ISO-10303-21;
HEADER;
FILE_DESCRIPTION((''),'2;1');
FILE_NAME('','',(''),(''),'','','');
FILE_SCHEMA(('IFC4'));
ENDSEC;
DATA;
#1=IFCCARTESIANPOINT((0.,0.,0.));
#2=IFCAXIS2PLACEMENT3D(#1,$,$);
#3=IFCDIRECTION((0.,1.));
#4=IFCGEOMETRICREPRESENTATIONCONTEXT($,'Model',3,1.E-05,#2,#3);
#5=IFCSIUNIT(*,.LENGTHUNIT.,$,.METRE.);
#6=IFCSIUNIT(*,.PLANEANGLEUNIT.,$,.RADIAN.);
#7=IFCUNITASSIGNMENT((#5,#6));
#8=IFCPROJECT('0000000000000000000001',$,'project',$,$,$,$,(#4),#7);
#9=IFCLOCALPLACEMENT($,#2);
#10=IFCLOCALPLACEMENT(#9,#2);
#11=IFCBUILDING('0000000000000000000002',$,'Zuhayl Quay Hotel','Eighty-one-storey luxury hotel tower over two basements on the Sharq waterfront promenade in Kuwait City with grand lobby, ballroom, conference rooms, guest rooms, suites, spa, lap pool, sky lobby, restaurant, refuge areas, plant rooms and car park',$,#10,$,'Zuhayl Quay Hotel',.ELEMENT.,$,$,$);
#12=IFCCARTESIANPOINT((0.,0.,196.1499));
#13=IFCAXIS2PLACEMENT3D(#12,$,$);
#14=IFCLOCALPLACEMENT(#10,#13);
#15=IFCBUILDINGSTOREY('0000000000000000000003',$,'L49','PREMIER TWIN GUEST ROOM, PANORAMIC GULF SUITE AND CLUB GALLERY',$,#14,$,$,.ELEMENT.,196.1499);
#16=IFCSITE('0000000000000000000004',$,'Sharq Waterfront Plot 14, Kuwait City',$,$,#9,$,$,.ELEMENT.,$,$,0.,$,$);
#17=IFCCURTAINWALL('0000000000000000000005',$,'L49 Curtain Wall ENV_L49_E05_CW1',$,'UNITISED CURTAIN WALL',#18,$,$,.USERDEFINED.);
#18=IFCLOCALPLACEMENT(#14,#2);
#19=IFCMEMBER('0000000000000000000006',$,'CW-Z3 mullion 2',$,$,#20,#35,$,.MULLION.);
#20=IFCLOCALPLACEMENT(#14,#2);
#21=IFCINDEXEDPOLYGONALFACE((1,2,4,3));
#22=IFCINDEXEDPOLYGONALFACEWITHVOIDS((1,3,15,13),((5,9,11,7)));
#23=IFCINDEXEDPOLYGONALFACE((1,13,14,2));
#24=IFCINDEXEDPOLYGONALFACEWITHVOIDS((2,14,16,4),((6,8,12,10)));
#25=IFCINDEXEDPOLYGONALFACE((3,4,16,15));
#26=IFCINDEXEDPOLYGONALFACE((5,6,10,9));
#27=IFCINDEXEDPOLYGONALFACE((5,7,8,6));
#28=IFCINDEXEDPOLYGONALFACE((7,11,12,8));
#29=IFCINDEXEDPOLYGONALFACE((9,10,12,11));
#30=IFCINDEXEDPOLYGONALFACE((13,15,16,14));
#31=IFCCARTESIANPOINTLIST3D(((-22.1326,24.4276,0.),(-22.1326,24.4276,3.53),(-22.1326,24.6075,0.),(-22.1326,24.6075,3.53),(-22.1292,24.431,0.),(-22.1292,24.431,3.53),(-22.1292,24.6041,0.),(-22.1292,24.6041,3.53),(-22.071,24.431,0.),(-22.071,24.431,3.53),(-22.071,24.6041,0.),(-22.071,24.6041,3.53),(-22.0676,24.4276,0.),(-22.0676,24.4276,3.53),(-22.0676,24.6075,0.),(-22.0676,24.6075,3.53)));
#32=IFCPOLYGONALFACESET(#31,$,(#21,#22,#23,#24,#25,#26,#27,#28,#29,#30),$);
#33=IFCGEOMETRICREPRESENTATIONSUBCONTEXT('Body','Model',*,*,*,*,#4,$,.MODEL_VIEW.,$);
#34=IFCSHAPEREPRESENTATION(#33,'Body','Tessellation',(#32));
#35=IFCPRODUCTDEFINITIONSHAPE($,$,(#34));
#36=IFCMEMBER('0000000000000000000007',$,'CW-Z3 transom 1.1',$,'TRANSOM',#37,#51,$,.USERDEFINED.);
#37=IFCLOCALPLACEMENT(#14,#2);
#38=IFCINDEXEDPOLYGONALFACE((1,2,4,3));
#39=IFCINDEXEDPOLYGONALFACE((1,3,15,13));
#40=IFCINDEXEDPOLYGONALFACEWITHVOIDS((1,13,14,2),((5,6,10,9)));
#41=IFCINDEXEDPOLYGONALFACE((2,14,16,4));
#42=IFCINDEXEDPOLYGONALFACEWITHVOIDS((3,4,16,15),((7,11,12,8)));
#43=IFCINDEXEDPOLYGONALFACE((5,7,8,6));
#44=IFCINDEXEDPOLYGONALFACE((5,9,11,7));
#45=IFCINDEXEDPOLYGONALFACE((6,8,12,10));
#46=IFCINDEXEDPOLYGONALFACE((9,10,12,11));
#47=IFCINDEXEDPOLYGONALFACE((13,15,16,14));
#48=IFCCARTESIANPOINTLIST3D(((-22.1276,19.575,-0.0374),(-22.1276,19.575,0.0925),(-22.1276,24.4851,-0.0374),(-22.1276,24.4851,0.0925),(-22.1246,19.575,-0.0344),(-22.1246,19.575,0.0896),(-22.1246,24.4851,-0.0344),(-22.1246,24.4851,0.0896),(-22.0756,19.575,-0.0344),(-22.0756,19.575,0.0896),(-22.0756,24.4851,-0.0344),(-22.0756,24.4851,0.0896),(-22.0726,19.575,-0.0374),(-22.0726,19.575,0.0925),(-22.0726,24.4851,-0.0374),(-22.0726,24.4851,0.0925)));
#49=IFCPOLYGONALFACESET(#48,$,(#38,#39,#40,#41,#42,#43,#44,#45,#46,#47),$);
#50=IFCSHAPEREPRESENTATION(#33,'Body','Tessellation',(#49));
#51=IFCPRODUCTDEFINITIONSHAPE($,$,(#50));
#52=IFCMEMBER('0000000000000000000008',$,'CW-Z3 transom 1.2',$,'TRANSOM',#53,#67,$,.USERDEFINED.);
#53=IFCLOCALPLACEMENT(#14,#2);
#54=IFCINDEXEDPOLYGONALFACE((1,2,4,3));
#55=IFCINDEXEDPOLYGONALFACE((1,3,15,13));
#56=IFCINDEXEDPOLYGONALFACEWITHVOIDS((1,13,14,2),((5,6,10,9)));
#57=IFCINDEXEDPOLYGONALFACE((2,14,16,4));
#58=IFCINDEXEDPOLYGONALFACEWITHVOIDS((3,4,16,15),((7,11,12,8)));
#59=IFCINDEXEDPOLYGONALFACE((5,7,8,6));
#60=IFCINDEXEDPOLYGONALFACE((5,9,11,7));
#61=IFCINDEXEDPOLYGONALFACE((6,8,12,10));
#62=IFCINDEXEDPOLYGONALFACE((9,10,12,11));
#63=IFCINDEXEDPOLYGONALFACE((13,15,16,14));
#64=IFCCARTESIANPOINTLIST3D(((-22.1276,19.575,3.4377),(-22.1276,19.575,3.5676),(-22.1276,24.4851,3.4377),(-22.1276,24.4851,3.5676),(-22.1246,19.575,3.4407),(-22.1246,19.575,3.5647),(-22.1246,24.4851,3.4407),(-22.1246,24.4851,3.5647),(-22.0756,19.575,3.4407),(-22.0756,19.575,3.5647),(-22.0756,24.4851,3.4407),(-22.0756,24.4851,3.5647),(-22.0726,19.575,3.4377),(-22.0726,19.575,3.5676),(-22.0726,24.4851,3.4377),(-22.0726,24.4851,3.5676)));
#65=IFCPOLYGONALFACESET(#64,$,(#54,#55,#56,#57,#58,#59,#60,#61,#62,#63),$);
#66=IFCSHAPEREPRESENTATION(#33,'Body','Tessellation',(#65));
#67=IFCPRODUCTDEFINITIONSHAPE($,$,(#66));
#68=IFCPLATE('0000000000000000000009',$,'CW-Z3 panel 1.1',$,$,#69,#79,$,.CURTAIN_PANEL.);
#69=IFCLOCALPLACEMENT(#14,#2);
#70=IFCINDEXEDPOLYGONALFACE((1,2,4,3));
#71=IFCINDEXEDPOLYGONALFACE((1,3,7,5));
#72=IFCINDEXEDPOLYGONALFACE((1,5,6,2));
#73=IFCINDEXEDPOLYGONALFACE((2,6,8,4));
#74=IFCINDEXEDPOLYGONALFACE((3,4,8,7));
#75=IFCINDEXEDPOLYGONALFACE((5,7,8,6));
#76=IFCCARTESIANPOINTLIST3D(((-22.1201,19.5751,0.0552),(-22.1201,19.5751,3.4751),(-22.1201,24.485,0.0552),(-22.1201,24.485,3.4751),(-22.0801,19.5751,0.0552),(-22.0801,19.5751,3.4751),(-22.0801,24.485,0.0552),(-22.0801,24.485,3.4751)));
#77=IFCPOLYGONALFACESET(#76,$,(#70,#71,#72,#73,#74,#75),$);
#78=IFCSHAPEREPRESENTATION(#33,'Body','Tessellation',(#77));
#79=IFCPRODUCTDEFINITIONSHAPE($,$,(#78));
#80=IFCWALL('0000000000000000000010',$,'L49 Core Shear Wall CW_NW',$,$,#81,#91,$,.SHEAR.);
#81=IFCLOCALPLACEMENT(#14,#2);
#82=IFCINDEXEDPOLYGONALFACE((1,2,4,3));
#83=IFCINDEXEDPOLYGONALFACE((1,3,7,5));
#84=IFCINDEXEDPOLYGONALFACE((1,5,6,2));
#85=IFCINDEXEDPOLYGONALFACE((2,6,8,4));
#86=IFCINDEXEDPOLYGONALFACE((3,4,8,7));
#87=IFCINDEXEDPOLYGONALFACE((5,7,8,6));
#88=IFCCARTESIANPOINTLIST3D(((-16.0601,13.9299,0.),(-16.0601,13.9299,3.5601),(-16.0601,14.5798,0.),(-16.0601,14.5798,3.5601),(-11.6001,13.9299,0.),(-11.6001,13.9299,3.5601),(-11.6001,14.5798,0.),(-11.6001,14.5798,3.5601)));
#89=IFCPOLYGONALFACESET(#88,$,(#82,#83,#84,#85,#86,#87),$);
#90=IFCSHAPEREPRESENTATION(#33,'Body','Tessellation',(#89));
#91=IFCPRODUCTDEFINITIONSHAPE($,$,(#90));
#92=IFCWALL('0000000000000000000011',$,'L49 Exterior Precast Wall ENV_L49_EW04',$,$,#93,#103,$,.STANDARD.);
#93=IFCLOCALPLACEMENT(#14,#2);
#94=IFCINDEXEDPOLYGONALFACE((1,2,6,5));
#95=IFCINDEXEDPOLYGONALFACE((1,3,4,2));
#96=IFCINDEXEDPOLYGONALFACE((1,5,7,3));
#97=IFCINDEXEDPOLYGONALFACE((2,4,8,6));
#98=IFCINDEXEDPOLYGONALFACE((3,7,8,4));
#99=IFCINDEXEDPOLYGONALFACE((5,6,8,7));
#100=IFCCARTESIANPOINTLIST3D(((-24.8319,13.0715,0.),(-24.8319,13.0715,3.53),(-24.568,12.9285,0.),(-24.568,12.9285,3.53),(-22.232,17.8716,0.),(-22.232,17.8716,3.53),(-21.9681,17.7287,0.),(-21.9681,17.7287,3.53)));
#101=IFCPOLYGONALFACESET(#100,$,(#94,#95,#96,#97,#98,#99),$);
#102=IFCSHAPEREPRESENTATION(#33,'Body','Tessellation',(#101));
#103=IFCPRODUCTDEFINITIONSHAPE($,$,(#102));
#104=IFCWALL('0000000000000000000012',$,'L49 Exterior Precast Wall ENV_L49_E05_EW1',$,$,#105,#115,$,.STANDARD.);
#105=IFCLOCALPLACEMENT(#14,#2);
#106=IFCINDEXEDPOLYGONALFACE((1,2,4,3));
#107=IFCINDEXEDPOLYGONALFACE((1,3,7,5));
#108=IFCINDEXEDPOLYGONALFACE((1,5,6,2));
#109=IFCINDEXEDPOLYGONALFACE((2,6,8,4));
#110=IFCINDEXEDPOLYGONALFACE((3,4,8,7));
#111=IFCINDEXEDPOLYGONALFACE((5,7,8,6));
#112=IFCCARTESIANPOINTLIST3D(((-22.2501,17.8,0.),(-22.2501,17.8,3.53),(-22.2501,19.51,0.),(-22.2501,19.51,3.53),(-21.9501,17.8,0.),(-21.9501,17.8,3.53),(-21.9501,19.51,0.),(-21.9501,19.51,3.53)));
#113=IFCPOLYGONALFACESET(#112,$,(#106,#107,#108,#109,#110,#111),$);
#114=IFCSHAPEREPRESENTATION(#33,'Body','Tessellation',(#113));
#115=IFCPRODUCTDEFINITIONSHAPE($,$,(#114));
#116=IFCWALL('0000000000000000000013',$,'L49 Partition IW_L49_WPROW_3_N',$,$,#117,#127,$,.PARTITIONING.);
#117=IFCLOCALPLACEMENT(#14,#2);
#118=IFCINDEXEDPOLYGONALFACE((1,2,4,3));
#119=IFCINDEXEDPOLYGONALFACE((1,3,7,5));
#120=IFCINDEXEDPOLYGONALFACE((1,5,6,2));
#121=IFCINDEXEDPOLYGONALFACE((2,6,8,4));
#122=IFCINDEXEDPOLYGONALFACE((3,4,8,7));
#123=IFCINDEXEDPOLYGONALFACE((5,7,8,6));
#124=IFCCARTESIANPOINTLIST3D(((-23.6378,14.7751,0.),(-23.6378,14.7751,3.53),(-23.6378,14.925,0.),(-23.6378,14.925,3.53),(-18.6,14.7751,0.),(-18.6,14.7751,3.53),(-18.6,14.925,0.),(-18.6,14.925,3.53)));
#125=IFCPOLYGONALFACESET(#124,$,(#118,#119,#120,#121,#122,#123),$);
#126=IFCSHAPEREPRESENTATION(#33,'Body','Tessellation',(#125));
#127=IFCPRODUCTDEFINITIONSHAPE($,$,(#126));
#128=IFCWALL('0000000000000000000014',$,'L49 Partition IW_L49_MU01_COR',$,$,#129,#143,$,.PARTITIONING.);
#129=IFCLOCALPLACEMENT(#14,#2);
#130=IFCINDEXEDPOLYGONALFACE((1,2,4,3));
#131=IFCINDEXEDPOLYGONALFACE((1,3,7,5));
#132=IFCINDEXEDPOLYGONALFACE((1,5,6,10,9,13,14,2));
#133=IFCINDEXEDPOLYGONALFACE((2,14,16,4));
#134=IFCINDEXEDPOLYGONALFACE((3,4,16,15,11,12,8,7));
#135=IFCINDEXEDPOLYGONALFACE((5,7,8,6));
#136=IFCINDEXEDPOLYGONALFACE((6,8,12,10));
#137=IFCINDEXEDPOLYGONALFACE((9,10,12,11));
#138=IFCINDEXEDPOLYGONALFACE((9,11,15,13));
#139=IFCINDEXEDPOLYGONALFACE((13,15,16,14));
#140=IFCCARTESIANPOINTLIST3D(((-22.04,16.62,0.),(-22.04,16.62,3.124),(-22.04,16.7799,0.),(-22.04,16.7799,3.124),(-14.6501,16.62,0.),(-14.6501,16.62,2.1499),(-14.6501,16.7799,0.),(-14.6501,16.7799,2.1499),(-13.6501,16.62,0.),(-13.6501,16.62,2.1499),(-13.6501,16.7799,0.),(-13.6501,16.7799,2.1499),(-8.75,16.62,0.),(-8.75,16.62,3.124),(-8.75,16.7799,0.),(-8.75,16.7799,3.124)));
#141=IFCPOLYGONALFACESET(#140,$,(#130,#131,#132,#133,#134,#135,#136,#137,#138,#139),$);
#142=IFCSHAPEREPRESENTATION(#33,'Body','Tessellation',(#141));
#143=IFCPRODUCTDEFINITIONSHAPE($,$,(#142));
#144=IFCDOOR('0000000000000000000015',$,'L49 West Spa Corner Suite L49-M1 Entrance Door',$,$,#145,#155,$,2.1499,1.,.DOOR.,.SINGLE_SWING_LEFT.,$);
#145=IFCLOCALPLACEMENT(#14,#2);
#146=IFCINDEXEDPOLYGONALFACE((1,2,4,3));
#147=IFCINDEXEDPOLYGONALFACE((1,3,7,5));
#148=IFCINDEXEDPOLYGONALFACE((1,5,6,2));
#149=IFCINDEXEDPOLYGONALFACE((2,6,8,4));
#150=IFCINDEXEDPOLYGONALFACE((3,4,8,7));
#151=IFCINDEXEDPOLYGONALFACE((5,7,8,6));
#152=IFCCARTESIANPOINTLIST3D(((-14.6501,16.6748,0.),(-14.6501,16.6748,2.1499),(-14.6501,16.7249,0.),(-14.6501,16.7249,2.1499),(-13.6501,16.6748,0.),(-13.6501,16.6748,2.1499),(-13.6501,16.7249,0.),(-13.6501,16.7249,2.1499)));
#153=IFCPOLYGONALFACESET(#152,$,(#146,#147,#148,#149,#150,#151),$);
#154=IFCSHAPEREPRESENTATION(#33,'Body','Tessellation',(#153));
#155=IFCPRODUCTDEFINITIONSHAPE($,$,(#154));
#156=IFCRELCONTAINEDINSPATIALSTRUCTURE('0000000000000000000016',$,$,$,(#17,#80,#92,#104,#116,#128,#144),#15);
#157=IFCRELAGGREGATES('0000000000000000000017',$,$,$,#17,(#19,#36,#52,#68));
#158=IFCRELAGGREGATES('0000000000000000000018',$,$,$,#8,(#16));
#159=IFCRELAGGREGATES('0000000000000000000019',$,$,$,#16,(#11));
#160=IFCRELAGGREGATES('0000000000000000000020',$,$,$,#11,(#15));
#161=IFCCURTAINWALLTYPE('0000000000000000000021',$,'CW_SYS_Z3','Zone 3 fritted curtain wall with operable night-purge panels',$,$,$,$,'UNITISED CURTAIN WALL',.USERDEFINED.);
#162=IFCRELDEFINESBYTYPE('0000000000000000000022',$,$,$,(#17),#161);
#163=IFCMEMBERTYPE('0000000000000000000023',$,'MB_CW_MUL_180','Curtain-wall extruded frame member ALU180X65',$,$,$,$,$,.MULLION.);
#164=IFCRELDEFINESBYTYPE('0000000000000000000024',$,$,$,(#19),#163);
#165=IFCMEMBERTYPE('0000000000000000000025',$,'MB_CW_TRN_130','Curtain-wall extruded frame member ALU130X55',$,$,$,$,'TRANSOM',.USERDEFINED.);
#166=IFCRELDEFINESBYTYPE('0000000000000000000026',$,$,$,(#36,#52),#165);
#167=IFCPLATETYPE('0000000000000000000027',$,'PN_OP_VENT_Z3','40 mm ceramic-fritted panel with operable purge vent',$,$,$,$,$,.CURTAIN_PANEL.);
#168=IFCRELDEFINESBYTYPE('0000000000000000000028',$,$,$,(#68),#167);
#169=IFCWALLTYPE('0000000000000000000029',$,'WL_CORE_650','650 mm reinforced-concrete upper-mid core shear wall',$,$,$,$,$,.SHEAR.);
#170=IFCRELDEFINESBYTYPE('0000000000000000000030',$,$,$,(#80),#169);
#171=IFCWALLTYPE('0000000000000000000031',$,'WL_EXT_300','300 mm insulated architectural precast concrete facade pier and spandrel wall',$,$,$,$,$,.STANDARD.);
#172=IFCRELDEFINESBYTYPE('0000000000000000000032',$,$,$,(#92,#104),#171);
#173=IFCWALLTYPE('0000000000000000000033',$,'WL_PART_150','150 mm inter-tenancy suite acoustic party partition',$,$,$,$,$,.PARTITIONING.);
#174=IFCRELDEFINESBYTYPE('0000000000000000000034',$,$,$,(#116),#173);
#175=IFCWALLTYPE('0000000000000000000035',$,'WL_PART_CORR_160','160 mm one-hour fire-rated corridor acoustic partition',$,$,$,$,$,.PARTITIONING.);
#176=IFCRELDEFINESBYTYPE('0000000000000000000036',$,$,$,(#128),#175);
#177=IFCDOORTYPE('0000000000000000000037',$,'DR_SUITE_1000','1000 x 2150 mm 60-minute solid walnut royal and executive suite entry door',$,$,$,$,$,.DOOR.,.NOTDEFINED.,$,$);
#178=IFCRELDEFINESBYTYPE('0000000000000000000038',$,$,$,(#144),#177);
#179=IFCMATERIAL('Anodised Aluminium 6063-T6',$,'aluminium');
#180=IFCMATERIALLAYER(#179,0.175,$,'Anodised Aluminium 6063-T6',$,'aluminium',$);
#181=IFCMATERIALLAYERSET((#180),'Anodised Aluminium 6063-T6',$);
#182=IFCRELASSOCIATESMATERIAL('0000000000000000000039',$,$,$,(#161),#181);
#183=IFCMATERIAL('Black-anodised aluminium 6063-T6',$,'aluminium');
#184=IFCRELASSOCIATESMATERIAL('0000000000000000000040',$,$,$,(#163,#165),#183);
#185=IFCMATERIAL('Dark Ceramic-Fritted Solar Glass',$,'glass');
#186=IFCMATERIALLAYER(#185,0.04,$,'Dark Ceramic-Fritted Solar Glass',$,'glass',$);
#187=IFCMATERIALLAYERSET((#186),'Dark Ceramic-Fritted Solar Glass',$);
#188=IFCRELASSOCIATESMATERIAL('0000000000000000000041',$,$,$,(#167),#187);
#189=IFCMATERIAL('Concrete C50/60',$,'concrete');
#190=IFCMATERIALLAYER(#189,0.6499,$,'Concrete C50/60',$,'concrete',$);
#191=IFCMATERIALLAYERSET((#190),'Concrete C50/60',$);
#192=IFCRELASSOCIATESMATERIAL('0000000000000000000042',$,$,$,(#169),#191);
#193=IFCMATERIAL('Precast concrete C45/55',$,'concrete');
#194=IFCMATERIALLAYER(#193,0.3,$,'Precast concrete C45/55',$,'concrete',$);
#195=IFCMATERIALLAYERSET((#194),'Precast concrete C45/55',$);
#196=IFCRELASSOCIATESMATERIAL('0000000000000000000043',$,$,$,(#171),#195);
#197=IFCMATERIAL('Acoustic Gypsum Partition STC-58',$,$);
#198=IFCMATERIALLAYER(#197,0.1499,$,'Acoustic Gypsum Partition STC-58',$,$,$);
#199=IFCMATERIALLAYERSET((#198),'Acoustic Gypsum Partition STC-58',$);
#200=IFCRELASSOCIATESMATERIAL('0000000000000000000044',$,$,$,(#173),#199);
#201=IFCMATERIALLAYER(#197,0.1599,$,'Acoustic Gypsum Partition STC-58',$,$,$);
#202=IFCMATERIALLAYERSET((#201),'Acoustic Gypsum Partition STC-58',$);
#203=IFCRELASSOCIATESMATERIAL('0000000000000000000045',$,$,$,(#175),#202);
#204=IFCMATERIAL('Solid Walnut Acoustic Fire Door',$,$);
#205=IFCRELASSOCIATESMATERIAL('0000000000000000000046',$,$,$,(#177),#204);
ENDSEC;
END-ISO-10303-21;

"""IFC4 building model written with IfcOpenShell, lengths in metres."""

from ifc_helpers import new_model, si_unit, direction, frame, frame_2d, origin, origin_2d, place, context, subcontext, project, spatial, rectangle, hollow_rectangle, extrude, material, layer, layer_set, material_profile, profile_set, type_object, element, fill, aggregate, save


model = new_model("IFC4")

# Units and contexts
model_context = context("Model", 3, precision=1e-05, world=origin(), true_north=direction((0.0, 1.0)))
body_context = subcontext(model_context, "Body", "Model", "MODEL_VIEW")
ifc_project = project(units=[si_unit("LENGTHUNIT", "METRE"), si_unit("PLANEANGLEUNIT", "RADIAN")], contexts=[model_context])

# Site, building, storey
site_placement = place(None, origin())
site = spatial("IfcSite", under=ifc_project, at=site_placement, Name="Sharq Waterfront Plot 14, Kuwait City", CompositionType="ELEMENT", RefElevation=0.0)
building_placement = place(site_placement, origin())
building = spatial("IfcBuilding", under=site, at=building_placement, Name="Zuhayl Quay Hotel", Description="Eighty-one-storey luxury hotel tower over two basements on the Sharq waterfront promenade in Kuwait City with grand lobby, ballroom, conference rooms, guest rooms, suites, spa, lap pool, sky lobby, restaurant, refuge areas, plant rooms and car park", LongName="Zuhayl Quay Hotel", CompositionType="ELEMENT")
storey_placement = place(building_placement, frame((0.0, 0.0, 196.1499)))
storey = spatial("IfcBuildingStorey", under=building, at=storey_placement, Name="L49", Description="PREMIER TWIN GUEST ROOM, PANORAMIC GULF SUITE AND CLUB GALLERY", CompositionType="ELEMENT", Elevation=196.1499)

# Curtain wall, members, plate
ifc_material_1 = material(Name="Anodised Aluminium 6063-T6", Category="aluminium")
ifc_layer_1 = layer(ifc_material_1, 0.175, Name="Anodised Aluminium 6063-T6", Category="aluminium")
ifc_layer_set_1 = layer_set([ifc_layer_1], Name="Anodised Aluminium 6063-T6")
curtain_wall_type = type_object("IfcCurtainWallType", Name="CW_SYS_Z3", Description="Zone 3 fritted curtain wall with operable night-purge panels", ElementType="UNITISED CURTAIN WALL", PredefinedType="USERDEFINED", material=ifc_layer_set_1)
curtain_wall_placement = place(storey_placement, origin())
curtain_wall = element("IfcCurtainWall", 1, at=curtain_wall_placement, inside=storey, type_object=curtain_wall_type, Name="L49 Curtain Wall ENV_L49_E05_CW1", ObjectType="UNITISED CURTAIN WALL", PredefinedType="USERDEFINED")
ifc_material_2 = material(Name="Black-anodised aluminium 6063-T6", Category="aluminium")
ifc_material_profile_1 = material_profile(ifc_material_2, hollow_rectangle(XDim=0.0649, YDim=0.1799, WallThickness=0.0034, at=origin_2d()), Name="ALU180X65")
ifc_profile_set_1 = profile_set([ifc_material_profile_1], Name="Black-anodised aluminium 6063-T6")
member_type_1 = type_object("IfcMemberType", Name="MB_CW_MUL_180", Description="Curtain-wall extruded frame member ALU180X65", PredefinedType="MULLION", material=ifc_profile_set_1)
member_1_placement = place(storey_placement, frame((-22.1001, 24.5176, 0.0), z_axis=(0.0, 0.0, 1.0), x_axis=(-1.0, 0.0, 0.0)))
member_1 = element("IfcMember", 2, at=member_1_placement, type_object=member_type_1, Name="CW-Z3 mullion 2", PredefinedType="MULLION", context=body_context, shape_type="SweptSolid", body=[
    extrude(hollow_rectangle(XDim=0.0649, YDim=0.1799, WallThickness=0.0034, at=origin_2d()), origin(), (0.0, 0.0, 1.0), 3.53),
])
ifc_material_profile_2 = material_profile(ifc_material_2, hollow_rectangle(XDim=0.0549, YDim=0.1299, WallThickness=0.0029, at=origin_2d()), Name="ALU130X55")
ifc_profile_set_2 = profile_set([ifc_material_profile_2], Name="Black-anodised aluminium 6063-T6")
member_type_2 = type_object("IfcMemberType", Name="MB_CW_TRN_130", Description="Curtain-wall extruded frame member ALU130X55", ElementType="TRANSOM", PredefinedType="USERDEFINED", material=ifc_profile_set_2)
member_2_placement = place(storey_placement, frame((-22.1001, 19.575, 0.0276), z_axis=(0.0, 1.0, 0.0), x_axis=(-1.0, 0.0, 0.0)))
member_2 = element("IfcMember", 3, at=member_2_placement, type_object=member_type_2, Name="CW-Z3 transom 1.1", ObjectType="TRANSOM", PredefinedType="USERDEFINED", context=body_context, shape_type="SweptSolid", body=[
    extrude(hollow_rectangle(XDim=0.0549, YDim=0.1299, WallThickness=0.0029, at=origin_2d()), origin(), (0.0, 0.0, 1.0), 4.9102),
])
member_3_placement = place(storey_placement, frame((-22.1001, 19.575, 3.5027), z_axis=(0.0, 1.0, 0.0), x_axis=(-1.0, 0.0, 0.0)))
member_3 = element("IfcMember", 4, at=member_3_placement, type_object=member_type_2, Name="CW-Z3 transom 1.2", ObjectType="TRANSOM", PredefinedType="USERDEFINED", context=body_context, shape_type="SweptSolid", body=[
    extrude(hollow_rectangle(XDim=0.0549, YDim=0.1299, WallThickness=0.0029, at=origin_2d()), origin(), (0.0, 0.0, 1.0), 4.9102),
])
ifc_material_3 = material(Name="Dark Ceramic-Fritted Solar Glass", Category="glass")
ifc_layer_2 = layer(ifc_material_3, 0.04, Name="Dark Ceramic-Fritted Solar Glass", Category="glass")
ifc_layer_set_2 = layer_set([ifc_layer_2], Name="Dark Ceramic-Fritted Solar Glass")
plate_type = type_object("IfcPlateType", Name="PN_OP_VENT_Z3", Description="40 mm ceramic-fritted panel with operable purge vent", PredefinedType="CURTAIN_PANEL", material=ifc_layer_set_2)
plate_placement = place(storey_placement, frame((-22.1001, 22.03, 0.0552), z_axis=(0.0, 0.0, 1.0), x_axis=(0.0, 1.0, 0.0)))
plate = element("IfcPlate", 5, at=plate_placement, type_object=plate_type, Name="CW-Z3 panel 1.1", PredefinedType="CURTAIN_PANEL", context=body_context, shape_type="SweptSolid", body=[
    extrude(rectangle(XDim=4.9099, YDim=0.04, at=origin_2d()), origin(), (0.0, 0.0, 1.0), 3.4199),
])
aggregate(curtain_wall, [member_1, member_2, member_3, plate])

# Walls
ifc_material_4 = material(Name="Concrete C50/60", Category="concrete")
ifc_layer_3 = layer(ifc_material_4, 0.6499, Name="Concrete C50/60", Category="concrete")
ifc_layer_set_3 = layer_set([ifc_layer_3], Name="Concrete C50/60")
wall_type_1 = type_object("IfcWallType", Name="WL_CORE_650", Description="650 mm reinforced-concrete upper-mid core shear wall", PredefinedType="SHEAR", material=ifc_layer_set_3)
wall_1_placement = place(storey_placement, frame((-16.0601, 14.2549, 0.0), z_axis=(0.0, 0.0, 1.0), x_axis=(1.0, 0.0, 0.0)))
element("IfcWall", 6, at=wall_1_placement, inside=storey, type_object=wall_type_1, Name="L49 Core Shear Wall CW_NW", PredefinedType="SHEAR", context=body_context, shape_type="SweptSolid", body=[
    extrude(rectangle(XDim=4.46, YDim=0.6499, at=frame_2d((2.23, 0.0))), origin(), (0.0, 0.0, 1.0), 3.5601),
])
ifc_material_5 = material(Name="Precast concrete C45/55", Category="concrete")
ifc_layer_4 = layer(ifc_material_5, 0.3, Name="Precast concrete C45/55", Category="concrete")
ifc_layer_set_4 = layer_set([ifc_layer_4], Name="Precast concrete C45/55")
wall_type_2 = type_object("IfcWallType", Name="WL_EXT_300", Description="300 mm insulated architectural precast concrete facade pier and spandrel wall", PredefinedType="STANDARD", material=ifc_layer_set_4)
wall_2_placement = place(storey_placement, frame((-24.7, 13.0, 0.0), z_axis=(0.0, 0.0, 1.0), x_axis=(0.476259, 0.879305, 0.0)))
element("IfcWall", 7, at=wall_2_placement, inside=storey, type_object=wall_type_2, Name="L49 Exterior Precast Wall ENV_L49_EW04", PredefinedType="STANDARD", context=body_context, shape_type="SweptSolid", body=[
    extrude(rectangle(XDim=5.459, YDim=0.3, at=frame_2d((2.7295, 0.0))), origin(), (0.0, 0.0, 1.0), 3.53),
])
wall_3_placement = place(storey_placement, frame((-22.1001, 17.8, 0.0), z_axis=(0.0, 0.0, 1.0), x_axis=(0.0, 1.0, 0.0)))
element("IfcWall", 8, at=wall_3_placement, inside=storey, type_object=wall_type_2, Name="L49 Exterior Precast Wall ENV_L49_E05_EW1", PredefinedType="STANDARD", context=body_context, shape_type="SweptSolid", body=[
    extrude(rectangle(XDim=1.71, YDim=0.3, at=frame_2d((0.855, 0.0))), origin(), (0.0, 0.0, 1.0), 3.53),
])
ifc_material_6 = material(Name="Acoustic Gypsum Partition STC-58")
ifc_layer_5 = layer(ifc_material_6, 0.1499, Name="Acoustic Gypsum Partition STC-58")
ifc_layer_set_5 = layer_set([ifc_layer_5], Name="Acoustic Gypsum Partition STC-58")
wall_type_3 = type_object("IfcWallType", Name="WL_PART_150", Description="150 mm inter-tenancy suite acoustic party partition", PredefinedType="PARTITIONING", material=ifc_layer_set_5)
wall_4_placement = place(storey_placement, frame((-23.6379, 14.8501, 0.0), z_axis=(0.0, 0.0, 1.0), x_axis=(1.0, 0.0, 0.0)))
element("IfcWall", 9, at=wall_4_placement, inside=storey, type_object=wall_type_3, Name="L49 Partition IW_L49_WPROW_3_N", PredefinedType="PARTITIONING", context=body_context, shape_type="SweptSolid", body=[
    extrude(rectangle(XDim=5.0378, YDim=0.1499, at=frame_2d((2.519, 0.0))), origin(), (0.0, 0.0, 1.0), 3.53),
])

# Wall, opening, door
ifc_layer_6 = layer(ifc_material_6, 0.1599, Name="Acoustic Gypsum Partition STC-58")
ifc_layer_set_6 = layer_set([ifc_layer_6], Name="Acoustic Gypsum Partition STC-58")
wall_type_4 = type_object("IfcWallType", Name="WL_PART_CORR_160", Description="160 mm one-hour fire-rated corridor acoustic partition", PredefinedType="PARTITIONING", material=ifc_layer_set_6)
wall_5_placement = place(storey_placement, frame((-22.04, 16.7, 0.0), z_axis=(0.0, 0.0, 1.0), x_axis=(1.0, 0.0, 0.0)))
wall_5 = element("IfcWall", 10, at=wall_5_placement, inside=storey, type_object=wall_type_4, Name="L49 Partition IW_L49_MU01_COR", PredefinedType="PARTITIONING", context=body_context, shape_type="SweptSolid", body=[
    extrude(rectangle(XDim=13.29, YDim=0.1599, at=frame_2d((6.645, 0.0))), origin(), (0.0, 0.0, 1.0), 3.124),
])
opening_1_placement = place(wall_5_placement, frame((7.3899, 0.0, 0.0)))
opening_1 = element("IfcOpeningElement", 11, at=opening_1_placement, cuts=wall_5, PredefinedType="OPENING", context=body_context, shape_type="SweptSolid", body=[
    extrude(rectangle(XDim=1.0, YDim=2.1499, at=frame_2d((0.5, 1.075))), frame((0.0, 0.0898, 0.0), z_axis=(0.0, -1.0, 0.0), x_axis=(1.0, 0.0, 0.0)), (0.0, 0.0, 1.0), 0.1799),
])
ifc_material_7 = material(Name="Solid Walnut Acoustic Fire Door")
door_type_1 = type_object("IfcDoorType", Name="DR_SUITE_1000", Description="1000 x 2150 mm 60-minute solid walnut royal and executive suite entry door", OperationType="NOTDEFINED", PredefinedType="DOOR", material=ifc_material_7)
door_1_placement = place(opening_1_placement, origin())
door_1 = element("IfcDoor", 12, at=door_1_placement, inside=storey, type_object=door_type_1, Name="L49 West Spa Corner Suite L49-M1 Entrance Door", OperationType="SINGLE_SWING_LEFT", OverallHeight=2.1499, OverallWidth=1.0, PredefinedType="DOOR", context=body_context, shape_type="SweptSolid", body=[
    extrude(rectangle(XDim=1.0, YDim=2.1499, at=frame_2d((0.5, 1.075))), frame((0.0, 0.0249, 0.0), z_axis=(0.0, -1.0, 0.0), x_axis=(1.0, 0.0, 0.0)), (0.0, 0.0, 1.0), 0.05),
])
fill(opening_1, door_1)

save(model, "model.ifc")
